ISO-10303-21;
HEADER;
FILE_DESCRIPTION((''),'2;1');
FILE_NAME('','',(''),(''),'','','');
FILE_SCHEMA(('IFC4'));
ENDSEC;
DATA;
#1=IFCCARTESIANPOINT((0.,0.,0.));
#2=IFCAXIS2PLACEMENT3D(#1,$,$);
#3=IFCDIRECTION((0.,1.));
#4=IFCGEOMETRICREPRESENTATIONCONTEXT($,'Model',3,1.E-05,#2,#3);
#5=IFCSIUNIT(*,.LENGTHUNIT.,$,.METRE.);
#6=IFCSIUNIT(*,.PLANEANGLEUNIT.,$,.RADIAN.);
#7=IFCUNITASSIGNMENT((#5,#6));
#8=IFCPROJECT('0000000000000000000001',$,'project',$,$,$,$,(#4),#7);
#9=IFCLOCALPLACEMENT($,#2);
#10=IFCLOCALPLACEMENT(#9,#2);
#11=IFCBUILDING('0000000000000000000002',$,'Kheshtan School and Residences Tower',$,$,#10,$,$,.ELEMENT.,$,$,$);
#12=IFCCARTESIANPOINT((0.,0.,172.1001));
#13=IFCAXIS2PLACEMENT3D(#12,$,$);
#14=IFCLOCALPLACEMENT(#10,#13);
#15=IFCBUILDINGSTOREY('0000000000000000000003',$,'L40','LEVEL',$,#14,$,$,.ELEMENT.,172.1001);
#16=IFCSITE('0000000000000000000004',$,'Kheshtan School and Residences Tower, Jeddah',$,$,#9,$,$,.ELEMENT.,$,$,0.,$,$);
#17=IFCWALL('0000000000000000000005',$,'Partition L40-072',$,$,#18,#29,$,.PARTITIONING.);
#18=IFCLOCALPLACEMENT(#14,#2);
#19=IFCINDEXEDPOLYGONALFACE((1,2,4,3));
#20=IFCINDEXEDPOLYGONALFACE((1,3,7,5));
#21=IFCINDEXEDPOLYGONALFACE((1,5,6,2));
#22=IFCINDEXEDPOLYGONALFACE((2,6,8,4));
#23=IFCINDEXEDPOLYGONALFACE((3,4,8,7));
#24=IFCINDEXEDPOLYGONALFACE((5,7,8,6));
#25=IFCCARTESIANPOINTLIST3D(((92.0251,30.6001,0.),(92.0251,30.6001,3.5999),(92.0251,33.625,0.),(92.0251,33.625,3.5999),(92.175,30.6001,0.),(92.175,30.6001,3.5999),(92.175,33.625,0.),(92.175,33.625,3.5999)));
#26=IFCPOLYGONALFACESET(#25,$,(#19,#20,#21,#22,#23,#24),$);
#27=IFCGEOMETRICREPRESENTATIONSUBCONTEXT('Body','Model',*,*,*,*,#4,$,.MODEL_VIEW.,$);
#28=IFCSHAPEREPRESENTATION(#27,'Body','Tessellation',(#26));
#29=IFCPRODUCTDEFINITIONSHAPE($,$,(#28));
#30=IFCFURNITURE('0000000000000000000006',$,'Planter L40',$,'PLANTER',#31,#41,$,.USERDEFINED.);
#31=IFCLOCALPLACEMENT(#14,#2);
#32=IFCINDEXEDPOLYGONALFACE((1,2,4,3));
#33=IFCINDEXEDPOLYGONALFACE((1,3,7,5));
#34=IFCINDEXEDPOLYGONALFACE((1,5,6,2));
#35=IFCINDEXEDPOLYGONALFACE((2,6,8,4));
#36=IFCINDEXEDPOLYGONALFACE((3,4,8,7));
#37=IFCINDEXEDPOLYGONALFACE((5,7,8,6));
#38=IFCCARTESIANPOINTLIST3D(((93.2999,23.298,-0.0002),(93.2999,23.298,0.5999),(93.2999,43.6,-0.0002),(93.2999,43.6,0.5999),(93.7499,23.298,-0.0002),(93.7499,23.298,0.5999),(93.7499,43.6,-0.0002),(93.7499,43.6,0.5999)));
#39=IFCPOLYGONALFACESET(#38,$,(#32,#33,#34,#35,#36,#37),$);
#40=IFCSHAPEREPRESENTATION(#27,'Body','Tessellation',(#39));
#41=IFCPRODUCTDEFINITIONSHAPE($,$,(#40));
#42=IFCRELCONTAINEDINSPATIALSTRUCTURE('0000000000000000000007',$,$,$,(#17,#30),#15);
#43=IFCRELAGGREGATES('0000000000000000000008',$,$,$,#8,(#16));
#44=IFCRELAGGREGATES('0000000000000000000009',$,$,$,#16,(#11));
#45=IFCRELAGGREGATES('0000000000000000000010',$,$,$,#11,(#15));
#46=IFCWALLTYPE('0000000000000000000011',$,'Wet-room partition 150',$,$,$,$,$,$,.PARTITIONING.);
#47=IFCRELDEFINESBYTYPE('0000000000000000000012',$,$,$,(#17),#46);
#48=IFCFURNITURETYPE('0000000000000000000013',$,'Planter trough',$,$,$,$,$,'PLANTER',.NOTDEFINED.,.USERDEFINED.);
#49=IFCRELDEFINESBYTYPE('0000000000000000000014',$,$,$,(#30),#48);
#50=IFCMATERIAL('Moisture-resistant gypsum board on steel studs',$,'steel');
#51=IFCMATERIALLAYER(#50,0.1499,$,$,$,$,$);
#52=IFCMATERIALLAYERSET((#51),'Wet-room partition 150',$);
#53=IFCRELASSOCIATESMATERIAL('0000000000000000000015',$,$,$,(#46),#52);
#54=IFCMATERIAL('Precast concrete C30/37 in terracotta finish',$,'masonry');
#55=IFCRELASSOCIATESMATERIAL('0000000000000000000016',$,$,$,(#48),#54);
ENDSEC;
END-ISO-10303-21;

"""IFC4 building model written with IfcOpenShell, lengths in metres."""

from ifc_helpers import new_model, si_unit, direction, frame, frame_2d, origin, origin_2d, place, context, subcontext, project, spatial, rectangle, extrude, material, layer, layer_set, type_object, element, save


model = new_model("IFC4")

# Units and contexts
model_context = context("Model", 3, precision=1e-05, world=origin(), true_north=direction((0.0, 1.0)))
body_context = subcontext(model_context, "Body", "Model", "MODEL_VIEW")
ifc_project = project(units=[si_unit("LENGTHUNIT", "METRE"), si_unit("PLANEANGLEUNIT", "RADIAN")], contexts=[model_context])

# Site, building, storey
site_placement = place(None, origin())
site = spatial("IfcSite", under=ifc_project, at=site_placement, Name="Kheshtan School and Residences Tower, Jeddah", CompositionType="ELEMENT", RefElevation=0.0)
building_placement = place(site_placement, origin())
building = spatial("IfcBuilding", under=site, at=building_placement, Name="Kheshtan School and Residences Tower", CompositionType="ELEMENT")
storey_placement = place(building_placement, frame((0.0, 0.0, 172.1001)))
storey = spatial("IfcBuildingStorey", under=building, at=storey_placement, Name="L40", Description="LEVEL", CompositionType="ELEMENT", Elevation=172.1001)

# Shared definitions
ifc_material_1 = material(Name="Moisture-resistant gypsum board on steel studs", Category="steel")
ifc_layer_1 = layer(ifc_material_1, 0.1499)
ifc_layer_set_1 = layer_set([ifc_layer_1], Name="Wet-room partition 150")
wall_type_1 = type_object("IfcWallType", Name="Wet-room partition 150", PredefinedType="PARTITIONING", material=ifc_layer_set_1)

# Wall
wall_1_placement = place(storey_placement, frame((92.1001, 30.6001, 0.0), z_axis=(0.0, 0.0, 1.0), x_axis=(0.0, 1.0, 0.0)))
element("IfcWall", 1, at=wall_1_placement, inside=storey, type_object=wall_type_1, Name="Partition L40-072", PredefinedType="PARTITIONING", context=body_context, shape_type="SweptSolid", body=[
    extrude(rectangle(XDim=3.0249, YDim=0.1499, at=frame_2d((1.5125, 0.0))), origin(), (0.0, 0.0, 1.0), 3.5999),
])

# Furniture
ifc_material_2 = material(Name="Precast concrete C30/37 in terracotta finish", Category="masonry")
furniture_type = type_object("IfcFurnitureType", Name="Planter trough", ElementType="PLANTER", AssemblyPlace="NOTDEFINED", PredefinedType="USERDEFINED", material=ifc_material_2)
furniture_placement = place(storey_placement, frame((93.5249, 33.449, -0.0002), z_axis=(0.0, 0.0, 1.0), x_axis=(0.0, -1.0, 0.0)))
element("IfcFurniture", 2, at=furniture_placement, inside=storey, type_object=furniture_type, Name="Planter L40", ObjectType="PLANTER", PredefinedType="USERDEFINED", context=body_context, shape_type="SweptSolid", body=[
    extrude(rectangle(XDim=20.302, YDim=0.45, at=origin_2d()), origin(), (0.0, 0.0, 1.0), 0.6001),
])

save(model, "model.ifc")
